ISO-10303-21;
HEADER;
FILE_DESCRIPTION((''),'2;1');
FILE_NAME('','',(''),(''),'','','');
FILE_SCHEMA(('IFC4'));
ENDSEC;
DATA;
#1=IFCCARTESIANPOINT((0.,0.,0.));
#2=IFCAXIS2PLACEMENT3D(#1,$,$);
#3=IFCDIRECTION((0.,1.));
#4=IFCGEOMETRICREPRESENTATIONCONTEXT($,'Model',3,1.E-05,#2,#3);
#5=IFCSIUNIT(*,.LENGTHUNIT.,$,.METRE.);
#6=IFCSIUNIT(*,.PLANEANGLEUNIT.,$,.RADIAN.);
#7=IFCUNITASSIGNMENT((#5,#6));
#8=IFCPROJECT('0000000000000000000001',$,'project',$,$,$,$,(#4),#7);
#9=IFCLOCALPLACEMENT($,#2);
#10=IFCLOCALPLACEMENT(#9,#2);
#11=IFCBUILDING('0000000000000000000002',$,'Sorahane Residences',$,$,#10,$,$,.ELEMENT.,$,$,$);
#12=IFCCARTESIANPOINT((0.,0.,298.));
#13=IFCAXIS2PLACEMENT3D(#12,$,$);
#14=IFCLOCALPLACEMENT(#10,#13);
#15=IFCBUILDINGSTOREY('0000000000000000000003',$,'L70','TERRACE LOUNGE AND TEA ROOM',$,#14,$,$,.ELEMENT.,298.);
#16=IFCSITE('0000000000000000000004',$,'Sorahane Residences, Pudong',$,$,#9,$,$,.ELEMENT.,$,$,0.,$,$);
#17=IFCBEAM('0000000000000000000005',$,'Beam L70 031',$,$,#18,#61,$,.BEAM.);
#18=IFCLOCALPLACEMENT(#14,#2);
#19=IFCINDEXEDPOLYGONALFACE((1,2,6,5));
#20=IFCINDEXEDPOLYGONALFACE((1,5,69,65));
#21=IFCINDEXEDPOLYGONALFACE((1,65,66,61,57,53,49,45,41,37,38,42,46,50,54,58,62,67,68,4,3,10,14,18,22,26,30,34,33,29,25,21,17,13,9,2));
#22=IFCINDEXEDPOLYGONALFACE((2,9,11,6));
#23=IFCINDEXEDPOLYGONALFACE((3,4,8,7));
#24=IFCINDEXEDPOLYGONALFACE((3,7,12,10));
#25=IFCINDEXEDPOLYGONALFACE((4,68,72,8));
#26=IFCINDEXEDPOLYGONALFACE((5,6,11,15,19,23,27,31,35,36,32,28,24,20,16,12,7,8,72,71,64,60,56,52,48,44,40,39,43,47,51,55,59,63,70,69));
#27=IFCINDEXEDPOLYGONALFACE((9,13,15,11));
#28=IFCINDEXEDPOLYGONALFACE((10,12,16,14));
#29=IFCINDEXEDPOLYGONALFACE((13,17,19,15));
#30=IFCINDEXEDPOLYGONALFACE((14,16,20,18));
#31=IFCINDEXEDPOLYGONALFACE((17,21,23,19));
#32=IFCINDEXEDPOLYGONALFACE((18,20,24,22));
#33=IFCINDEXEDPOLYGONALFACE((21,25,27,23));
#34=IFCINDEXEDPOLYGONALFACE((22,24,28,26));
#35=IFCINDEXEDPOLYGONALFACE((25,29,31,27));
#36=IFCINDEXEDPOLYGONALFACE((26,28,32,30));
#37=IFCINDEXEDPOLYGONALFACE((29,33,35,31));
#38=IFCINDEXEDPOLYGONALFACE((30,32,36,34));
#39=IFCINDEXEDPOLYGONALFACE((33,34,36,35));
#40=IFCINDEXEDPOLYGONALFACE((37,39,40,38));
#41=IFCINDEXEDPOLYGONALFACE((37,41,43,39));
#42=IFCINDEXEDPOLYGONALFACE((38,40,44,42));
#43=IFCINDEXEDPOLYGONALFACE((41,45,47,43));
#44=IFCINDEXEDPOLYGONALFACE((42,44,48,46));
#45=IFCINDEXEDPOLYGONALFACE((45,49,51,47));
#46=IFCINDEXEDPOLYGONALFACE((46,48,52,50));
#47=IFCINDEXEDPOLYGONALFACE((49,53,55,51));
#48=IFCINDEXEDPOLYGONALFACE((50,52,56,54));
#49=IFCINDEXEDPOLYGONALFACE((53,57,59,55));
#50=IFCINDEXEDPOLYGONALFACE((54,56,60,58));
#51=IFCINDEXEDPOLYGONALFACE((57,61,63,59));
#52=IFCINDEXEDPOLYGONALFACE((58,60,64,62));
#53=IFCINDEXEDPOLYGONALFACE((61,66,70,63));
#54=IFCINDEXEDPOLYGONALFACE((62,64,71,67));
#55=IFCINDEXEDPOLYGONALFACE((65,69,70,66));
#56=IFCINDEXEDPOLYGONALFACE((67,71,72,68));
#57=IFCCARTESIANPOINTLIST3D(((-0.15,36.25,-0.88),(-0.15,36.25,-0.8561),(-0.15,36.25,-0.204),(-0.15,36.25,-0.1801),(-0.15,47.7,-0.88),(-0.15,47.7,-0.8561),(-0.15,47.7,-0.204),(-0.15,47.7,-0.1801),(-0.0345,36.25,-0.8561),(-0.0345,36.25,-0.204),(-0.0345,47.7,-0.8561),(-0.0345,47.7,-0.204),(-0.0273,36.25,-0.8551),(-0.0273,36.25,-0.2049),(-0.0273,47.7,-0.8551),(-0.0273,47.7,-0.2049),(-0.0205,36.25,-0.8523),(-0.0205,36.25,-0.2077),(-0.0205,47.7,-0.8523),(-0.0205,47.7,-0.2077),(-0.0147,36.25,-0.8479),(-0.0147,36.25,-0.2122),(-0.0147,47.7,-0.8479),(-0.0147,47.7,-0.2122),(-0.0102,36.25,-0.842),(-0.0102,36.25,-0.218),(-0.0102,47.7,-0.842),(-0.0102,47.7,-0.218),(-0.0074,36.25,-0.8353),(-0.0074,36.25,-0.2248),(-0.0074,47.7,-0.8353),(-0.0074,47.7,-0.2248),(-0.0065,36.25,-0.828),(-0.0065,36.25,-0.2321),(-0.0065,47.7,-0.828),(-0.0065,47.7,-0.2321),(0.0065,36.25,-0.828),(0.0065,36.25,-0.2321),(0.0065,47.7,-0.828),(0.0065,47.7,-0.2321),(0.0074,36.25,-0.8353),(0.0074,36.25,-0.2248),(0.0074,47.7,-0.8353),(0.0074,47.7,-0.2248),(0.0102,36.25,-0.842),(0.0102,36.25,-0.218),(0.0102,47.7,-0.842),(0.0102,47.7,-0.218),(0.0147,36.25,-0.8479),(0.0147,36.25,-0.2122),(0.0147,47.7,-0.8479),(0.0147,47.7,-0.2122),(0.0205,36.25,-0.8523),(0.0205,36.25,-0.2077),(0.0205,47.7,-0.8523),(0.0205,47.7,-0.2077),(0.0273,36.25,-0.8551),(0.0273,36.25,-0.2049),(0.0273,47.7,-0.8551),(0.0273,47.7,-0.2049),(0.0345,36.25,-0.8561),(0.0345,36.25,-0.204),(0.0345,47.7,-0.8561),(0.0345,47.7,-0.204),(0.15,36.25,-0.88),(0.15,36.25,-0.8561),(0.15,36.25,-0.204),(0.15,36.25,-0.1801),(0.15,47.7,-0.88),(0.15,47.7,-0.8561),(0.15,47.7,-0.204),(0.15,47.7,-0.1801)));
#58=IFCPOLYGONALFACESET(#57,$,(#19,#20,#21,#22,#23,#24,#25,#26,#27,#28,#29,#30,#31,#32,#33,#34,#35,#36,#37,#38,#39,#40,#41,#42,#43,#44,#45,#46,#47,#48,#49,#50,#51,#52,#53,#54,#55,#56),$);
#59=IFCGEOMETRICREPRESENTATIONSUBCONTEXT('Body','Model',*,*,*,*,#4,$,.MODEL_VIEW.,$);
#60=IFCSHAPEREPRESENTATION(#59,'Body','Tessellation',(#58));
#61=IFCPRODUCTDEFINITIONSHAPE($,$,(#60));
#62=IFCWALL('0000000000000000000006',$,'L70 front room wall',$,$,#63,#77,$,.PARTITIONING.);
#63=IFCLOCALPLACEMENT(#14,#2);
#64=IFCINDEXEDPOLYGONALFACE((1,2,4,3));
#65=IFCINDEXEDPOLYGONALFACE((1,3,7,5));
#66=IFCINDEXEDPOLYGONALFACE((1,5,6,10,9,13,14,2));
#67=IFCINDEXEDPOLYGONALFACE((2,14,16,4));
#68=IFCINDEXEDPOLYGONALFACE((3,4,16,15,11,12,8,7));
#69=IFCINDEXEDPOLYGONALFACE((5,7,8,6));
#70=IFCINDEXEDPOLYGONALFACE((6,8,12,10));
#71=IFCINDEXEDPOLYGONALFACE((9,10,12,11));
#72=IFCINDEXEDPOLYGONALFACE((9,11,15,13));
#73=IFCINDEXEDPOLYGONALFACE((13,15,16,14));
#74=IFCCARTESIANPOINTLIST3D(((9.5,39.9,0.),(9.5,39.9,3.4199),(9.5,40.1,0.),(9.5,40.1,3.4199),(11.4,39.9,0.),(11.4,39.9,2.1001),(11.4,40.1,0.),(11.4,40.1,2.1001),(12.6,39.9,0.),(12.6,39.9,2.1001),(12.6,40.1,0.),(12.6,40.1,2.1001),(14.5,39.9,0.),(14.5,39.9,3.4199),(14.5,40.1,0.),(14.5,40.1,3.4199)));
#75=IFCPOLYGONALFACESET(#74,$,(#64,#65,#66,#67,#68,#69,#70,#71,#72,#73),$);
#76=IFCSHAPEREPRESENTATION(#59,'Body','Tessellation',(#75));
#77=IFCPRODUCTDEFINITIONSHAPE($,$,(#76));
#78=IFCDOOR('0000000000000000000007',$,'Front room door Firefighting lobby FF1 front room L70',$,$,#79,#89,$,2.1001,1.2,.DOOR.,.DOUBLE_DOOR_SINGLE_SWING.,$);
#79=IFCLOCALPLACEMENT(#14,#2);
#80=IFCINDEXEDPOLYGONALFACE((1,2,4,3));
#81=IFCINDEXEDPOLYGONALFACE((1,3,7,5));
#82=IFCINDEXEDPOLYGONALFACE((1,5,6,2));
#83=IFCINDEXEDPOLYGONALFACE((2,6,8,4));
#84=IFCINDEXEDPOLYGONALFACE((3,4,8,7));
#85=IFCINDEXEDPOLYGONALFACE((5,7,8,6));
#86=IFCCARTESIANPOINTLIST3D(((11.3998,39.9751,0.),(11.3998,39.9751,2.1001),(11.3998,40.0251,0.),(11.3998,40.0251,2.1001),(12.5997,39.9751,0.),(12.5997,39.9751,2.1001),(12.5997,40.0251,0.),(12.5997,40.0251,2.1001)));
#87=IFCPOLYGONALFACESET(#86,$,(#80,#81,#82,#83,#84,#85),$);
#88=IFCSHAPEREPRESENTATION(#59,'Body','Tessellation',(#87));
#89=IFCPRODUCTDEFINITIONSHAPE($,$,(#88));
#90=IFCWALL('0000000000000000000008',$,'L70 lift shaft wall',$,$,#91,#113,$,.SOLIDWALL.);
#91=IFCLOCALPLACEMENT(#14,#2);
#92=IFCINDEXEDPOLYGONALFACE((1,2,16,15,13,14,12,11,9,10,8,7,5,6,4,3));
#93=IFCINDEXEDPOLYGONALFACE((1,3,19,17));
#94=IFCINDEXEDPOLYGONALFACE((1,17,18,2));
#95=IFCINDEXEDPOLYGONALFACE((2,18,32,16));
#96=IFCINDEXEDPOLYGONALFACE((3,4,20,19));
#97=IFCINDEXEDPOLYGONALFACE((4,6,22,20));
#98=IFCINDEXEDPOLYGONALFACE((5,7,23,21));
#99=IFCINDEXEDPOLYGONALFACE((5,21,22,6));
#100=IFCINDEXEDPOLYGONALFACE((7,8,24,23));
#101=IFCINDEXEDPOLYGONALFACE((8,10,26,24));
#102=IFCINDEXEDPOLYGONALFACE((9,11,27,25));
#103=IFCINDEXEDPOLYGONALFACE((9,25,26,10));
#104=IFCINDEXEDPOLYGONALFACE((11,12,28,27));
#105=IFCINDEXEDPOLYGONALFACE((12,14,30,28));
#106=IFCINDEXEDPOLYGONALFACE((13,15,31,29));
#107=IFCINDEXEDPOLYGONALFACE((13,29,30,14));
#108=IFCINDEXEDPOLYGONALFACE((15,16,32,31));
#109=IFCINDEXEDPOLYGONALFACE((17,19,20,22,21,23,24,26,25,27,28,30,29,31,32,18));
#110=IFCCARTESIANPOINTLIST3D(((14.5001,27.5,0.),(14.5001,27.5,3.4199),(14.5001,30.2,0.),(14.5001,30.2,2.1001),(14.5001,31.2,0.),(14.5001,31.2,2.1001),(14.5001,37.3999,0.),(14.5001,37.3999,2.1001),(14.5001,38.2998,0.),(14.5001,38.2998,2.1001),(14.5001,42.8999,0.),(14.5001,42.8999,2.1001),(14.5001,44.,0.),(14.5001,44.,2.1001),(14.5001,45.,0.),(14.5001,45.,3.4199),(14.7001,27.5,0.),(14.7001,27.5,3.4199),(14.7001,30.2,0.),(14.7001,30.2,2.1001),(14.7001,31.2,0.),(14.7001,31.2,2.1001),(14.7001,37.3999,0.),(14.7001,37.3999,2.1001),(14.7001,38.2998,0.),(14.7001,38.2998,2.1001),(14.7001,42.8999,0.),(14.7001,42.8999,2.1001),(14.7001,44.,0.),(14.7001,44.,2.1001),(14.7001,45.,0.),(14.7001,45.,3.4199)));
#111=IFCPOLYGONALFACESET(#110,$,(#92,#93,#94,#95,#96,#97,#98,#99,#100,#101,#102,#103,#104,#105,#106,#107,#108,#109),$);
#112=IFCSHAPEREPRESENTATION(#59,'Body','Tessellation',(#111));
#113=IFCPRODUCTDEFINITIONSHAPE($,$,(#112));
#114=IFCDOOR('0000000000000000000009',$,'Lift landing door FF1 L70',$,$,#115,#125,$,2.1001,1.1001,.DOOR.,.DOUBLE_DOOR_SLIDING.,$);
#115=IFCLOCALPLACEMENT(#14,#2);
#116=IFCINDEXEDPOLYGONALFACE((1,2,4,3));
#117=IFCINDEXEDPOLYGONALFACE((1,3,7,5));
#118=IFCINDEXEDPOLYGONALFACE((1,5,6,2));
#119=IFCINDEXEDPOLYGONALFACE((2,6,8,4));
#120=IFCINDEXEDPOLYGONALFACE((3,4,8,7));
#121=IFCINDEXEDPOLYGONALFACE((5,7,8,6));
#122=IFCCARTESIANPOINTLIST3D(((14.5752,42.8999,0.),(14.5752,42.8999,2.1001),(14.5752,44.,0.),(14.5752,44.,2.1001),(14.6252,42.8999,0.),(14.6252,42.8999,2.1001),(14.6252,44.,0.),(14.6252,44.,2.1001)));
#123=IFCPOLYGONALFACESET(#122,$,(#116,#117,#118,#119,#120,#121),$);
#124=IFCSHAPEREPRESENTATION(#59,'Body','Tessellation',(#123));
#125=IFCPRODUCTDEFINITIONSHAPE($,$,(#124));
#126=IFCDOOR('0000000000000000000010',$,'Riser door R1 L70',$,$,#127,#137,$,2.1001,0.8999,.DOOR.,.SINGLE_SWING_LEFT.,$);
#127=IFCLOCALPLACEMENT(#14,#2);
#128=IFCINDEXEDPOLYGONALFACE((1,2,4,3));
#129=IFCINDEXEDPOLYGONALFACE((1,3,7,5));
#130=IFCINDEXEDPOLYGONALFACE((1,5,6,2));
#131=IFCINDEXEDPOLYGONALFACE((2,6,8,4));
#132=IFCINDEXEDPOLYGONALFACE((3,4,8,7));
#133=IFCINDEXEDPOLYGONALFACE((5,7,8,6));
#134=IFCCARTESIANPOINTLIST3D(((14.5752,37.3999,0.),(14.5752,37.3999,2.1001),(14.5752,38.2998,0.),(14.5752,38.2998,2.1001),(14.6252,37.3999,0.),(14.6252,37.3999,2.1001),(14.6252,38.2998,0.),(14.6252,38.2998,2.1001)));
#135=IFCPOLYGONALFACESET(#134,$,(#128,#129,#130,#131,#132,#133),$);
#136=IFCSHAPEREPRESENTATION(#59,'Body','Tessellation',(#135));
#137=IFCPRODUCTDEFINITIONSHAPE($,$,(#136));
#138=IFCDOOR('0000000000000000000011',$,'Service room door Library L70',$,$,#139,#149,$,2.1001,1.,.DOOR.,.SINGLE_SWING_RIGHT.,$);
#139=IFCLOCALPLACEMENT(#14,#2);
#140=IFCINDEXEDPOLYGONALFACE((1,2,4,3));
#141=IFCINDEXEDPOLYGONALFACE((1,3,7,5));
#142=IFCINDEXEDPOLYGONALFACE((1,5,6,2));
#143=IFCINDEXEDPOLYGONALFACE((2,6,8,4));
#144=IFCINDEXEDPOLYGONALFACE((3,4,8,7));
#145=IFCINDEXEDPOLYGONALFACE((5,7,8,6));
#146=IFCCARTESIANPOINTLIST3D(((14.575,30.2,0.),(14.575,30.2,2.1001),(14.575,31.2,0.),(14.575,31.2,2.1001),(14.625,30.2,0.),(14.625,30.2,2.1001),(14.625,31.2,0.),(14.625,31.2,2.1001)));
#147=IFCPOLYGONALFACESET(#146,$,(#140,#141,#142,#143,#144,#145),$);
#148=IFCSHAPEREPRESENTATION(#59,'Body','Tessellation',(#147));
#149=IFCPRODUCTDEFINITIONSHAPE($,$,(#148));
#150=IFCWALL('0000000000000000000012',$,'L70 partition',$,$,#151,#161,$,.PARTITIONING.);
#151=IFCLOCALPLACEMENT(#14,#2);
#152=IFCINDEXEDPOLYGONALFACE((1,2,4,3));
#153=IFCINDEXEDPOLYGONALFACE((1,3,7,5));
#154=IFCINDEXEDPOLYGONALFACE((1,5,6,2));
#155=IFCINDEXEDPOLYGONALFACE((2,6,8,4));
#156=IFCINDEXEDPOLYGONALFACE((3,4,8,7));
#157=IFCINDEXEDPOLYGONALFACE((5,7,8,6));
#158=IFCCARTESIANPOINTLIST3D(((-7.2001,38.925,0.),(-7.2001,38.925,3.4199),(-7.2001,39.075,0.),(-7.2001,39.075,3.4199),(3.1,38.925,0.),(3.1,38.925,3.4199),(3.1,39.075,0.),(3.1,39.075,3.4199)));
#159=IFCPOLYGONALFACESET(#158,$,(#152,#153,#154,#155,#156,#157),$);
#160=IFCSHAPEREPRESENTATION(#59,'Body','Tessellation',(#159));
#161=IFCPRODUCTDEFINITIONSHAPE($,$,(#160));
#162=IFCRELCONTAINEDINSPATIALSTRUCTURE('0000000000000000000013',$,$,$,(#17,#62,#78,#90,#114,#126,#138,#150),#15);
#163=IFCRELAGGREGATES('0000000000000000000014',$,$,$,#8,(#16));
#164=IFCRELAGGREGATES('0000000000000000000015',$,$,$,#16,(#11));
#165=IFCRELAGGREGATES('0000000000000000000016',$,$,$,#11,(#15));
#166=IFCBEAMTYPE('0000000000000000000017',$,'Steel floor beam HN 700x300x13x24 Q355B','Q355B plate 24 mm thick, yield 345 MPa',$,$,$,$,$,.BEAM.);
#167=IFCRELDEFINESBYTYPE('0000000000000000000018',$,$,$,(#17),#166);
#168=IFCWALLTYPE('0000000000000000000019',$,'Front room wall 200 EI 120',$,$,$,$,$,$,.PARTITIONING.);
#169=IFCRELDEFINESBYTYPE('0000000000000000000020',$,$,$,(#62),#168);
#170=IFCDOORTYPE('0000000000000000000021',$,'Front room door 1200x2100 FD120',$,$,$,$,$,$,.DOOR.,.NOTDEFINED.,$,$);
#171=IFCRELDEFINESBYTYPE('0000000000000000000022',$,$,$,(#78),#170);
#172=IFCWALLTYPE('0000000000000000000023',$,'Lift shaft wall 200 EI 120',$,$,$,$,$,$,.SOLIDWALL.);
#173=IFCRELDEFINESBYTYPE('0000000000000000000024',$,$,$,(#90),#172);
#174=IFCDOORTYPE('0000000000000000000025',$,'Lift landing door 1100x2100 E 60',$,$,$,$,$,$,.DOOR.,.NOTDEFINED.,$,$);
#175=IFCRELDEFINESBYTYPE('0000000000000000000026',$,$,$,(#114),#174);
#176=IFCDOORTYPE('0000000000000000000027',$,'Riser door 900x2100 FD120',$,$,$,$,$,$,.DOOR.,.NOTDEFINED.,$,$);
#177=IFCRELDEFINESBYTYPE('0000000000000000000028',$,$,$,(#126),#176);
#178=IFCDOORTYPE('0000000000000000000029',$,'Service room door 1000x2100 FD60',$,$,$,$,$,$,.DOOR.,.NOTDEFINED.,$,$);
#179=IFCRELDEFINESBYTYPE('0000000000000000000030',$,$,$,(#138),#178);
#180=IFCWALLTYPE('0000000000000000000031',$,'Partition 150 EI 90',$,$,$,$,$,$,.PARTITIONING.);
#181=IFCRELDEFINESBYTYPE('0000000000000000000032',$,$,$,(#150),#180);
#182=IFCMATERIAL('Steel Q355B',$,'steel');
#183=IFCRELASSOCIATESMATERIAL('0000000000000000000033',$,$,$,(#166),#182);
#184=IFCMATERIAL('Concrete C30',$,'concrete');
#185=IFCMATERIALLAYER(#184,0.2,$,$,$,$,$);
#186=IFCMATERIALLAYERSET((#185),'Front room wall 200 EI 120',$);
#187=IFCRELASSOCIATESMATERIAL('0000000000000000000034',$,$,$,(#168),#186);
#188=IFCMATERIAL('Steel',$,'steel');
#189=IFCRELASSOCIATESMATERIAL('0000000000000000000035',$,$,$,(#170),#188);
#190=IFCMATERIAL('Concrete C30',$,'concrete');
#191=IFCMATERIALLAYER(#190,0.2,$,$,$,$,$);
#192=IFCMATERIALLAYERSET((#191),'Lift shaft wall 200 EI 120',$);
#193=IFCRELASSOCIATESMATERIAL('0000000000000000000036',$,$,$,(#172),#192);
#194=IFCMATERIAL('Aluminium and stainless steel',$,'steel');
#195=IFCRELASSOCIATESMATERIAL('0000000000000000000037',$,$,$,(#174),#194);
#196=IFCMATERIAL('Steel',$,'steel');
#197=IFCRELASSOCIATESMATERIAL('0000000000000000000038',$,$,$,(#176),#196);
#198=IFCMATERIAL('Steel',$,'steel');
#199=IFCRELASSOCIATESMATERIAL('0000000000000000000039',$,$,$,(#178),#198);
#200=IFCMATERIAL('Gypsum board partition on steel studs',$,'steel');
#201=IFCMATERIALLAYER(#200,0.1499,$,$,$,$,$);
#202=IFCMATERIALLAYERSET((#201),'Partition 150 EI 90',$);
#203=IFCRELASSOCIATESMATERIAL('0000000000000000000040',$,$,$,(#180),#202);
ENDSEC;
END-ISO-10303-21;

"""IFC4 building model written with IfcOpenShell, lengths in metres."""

from ifc_helpers import new_model, si_unit, direction, frame, frame_2d, origin, origin_2d, place, context, subcontext, project, spatial, rectangle, i_section, extrude, material, layer, layer_set, material_profile, profile_set, type_object, element, fill, save


model = new_model("IFC4")

# Units and contexts
model_context = context("Model", 3, precision=1e-05, world=origin(), true_north=direction((0.0, 1.0)))
body_context = subcontext(model_context, "Body", "Model", "MODEL_VIEW")
ifc_project = project(units=[si_unit("LENGTHUNIT", "METRE"), si_unit("PLANEANGLEUNIT", "RADIAN")], contexts=[model_context])

# Site, building, storey
site_placement = place(None, origin())
site = spatial("IfcSite", under=ifc_project, at=site_placement, Name="Sorahane Residences, Pudong", CompositionType="ELEMENT", RefElevation=0.0)
building_placement = place(site_placement, origin())
building = spatial("IfcBuilding", under=site, at=building_placement, Name="Sorahane Residences", CompositionType="ELEMENT")
storey_placement = place(building_placement, frame((0.0, 0.0, 298.0)))
storey = spatial("IfcBuildingStorey", under=building, at=storey_placement, Name="L70", Description="TERRACE LOUNGE AND TEA ROOM", CompositionType="ELEMENT", Elevation=298.0)

# Beam
ifc_material_1 = material(Name="Steel Q355B", Category="steel")
ifc_material_profile_1 = material_profile(ifc_material_1, i_section(OverallWidth=0.3, OverallDepth=0.7, WebThickness=0.0129, FlangeThickness=0.0239, FilletRadius=0.0281, at=origin_2d()), Name="HN 700x300x13x24")
ifc_profile_set_1 = profile_set([ifc_material_profile_1], Name="Steel Q355B")
beam_type_1 = type_object("IfcBeamType", Name="Steel floor beam HN 700x300x13x24 Q355B", Description="Q355B plate 24 mm thick, yield 345 MPa", PredefinedType="BEAM", material=ifc_profile_set_1)
beam_1_placement = place(storey_placement, frame((0.0, 36.25, -0.53), z_axis=(0.0, 1.0, 0.0), x_axis=(-1.0, 0.0, 0.0)))
element("IfcBeam", 1, at=beam_1_placement, inside=storey, type_object=beam_type_1, Name="Beam L70 031", PredefinedType="BEAM", context=body_context, shape_type="SweptSolid", body=[
    extrude(i_section(OverallWidth=0.3, OverallDepth=0.7, WebThickness=0.0129, FlangeThickness=0.0239, FilletRadius=0.0281, at=origin_2d()), origin(), (0.0, 0.0, 1.0), 11.45),
])

# Wall, opening, door
ifc_material_2 = material(Name="Concrete C30", Category="concrete")
ifc_layer_1 = layer(ifc_material_2, 0.2)
ifc_layer_set_1 = layer_set([ifc_layer_1], Name="Front room wall 200 EI 120")
wall_type_1 = type_object("IfcWallType", Name="Front room wall 200 EI 120", PredefinedType="PARTITIONING", material=ifc_layer_set_1)
wall_1_placement = place(storey_placement, frame((9.5, 40.0, 0.0), z_axis=(0.0, 0.0, 1.0), x_axis=(1.0, 0.0, 0.0)))
wall_1 = element("IfcWall", 2, at=wall_1_placement, inside=storey, type_object=wall_type_1, Name="L70 front room wall", PredefinedType="PARTITIONING", context=body_context, shape_type="SweptSolid", body=[
    extrude(rectangle(XDim=5.0, YDim=0.2, at=frame_2d((2.5, 0.0))), origin(), (0.0, 0.0, 1.0), 3.4199),
])
opening_1_placement = place(wall_1_placement, frame((1.8999, 0.0, 0.0)))
opening_1 = element("IfcOpeningElement", 3, at=opening_1_placement, cuts=wall_1, PredefinedType="OPENING", context=body_context, shape_type="SweptSolid", body=[
    extrude(rectangle(XDim=1.2, YDim=2.1001, at=frame_2d((0.6001, 1.05))), frame((0.0, 0.1099, 0.0), z_axis=(0.0, -1.0, 0.0), x_axis=(1.0, 0.0, 0.0)), (0.0, 0.0, 1.0), 0.22),
])
ifc_material_3 = material(Name="Steel", Category="steel")
door_type_1 = type_object("IfcDoorType", Name="Front room door 1200x2100 FD120", OperationType="NOTDEFINED", PredefinedType="DOOR", material=ifc_material_3)
door_1_placement = place(opening_1_placement, frame((1.2, 0.0, 0.0), z_axis=(0.0, 0.0, 1.0), x_axis=(-1.0, 0.0, 0.0)))
door_1 = element("IfcDoor", 4, at=door_1_placement, inside=storey, type_object=door_type_1, Name="Front room door Firefighting lobby FF1 front room L70", OperationType="DOUBLE_DOOR_SINGLE_SWING", OverallHeight=2.1001, OverallWidth=1.2, PredefinedType="DOOR", context=body_context, shape_type="SweptSolid", body=[
    extrude(rectangle(XDim=1.2, YDim=2.1001, at=frame_2d((0.6001, 1.05))), frame((0.0, 0.0249, 0.0), z_axis=(0.0, -1.0, 0.0), x_axis=(1.0, 0.0, 0.0)), (0.0, 0.0, 1.0), 0.05),
])
fill(opening_1, door_1)

# Wall, openings, doors
ifc_material_4 = material(Name="Concrete C30", Category="concrete")
ifc_layer_2 = layer(ifc_material_4, 0.2)
ifc_layer_set_2 = layer_set([ifc_layer_2], Name="Lift shaft wall 200 EI 120")
wall_type_2 = type_object("IfcWallType", Name="Lift shaft wall 200 EI 120", PredefinedType="SOLIDWALL", material=ifc_layer_set_2)
wall_2_placement = place(storey_placement, frame((14.6001, 27.5, 0.0), z_axis=(0.0, 0.0, 1.0), x_axis=(0.0, 1.0, 0.0)))
wall_2 = element("IfcWall", 5, at=wall_2_placement, inside=storey, type_object=wall_type_2, Name="L70 lift shaft wall", PredefinedType="SOLIDWALL", context=body_context, shape_type="SweptSolid", body=[
    extrude(rectangle(XDim=17.5, YDim=0.2, at=frame_2d((8.75, 0.0))), origin(), (0.0, 0.0, 1.0), 3.4199),
])
opening_2_placement = place(wall_2_placement, frame((15.3999, 0.0, 0.0)))
opening_2 = element("IfcOpeningElement", 6, at=opening_2_placement, cuts=wall_2, PredefinedType="OPENING", context=body_context, shape_type="SweptSolid", body=[
    extrude(rectangle(XDim=1.1001, YDim=2.1001, at=frame_2d((0.55, 1.05))), frame((0.0, 0.1099, 0.0), z_axis=(0.0, -1.0, 0.0), x_axis=(1.0, 0.0, 0.0)), (0.0, 0.0, 1.0), 0.22),
])
opening_3_placement = place(wall_2_placement, frame((2.7, 0.0, 0.0)))
opening_3 = element("IfcOpeningElement", 7, at=opening_3_placement, cuts=wall_2, PredefinedType="OPENING", context=body_context, shape_type="SweptSolid", body=[
    extrude(rectangle(XDim=1.0, YDim=2.1001, at=frame_2d((0.5, 1.05))), frame((0.0, 0.1099, 0.0), z_axis=(0.0, -1.0, 0.0), x_axis=(1.0, 0.0, 0.0)), (0.0, 0.0, 1.0), 0.22),
])
opening_4_placement = place(wall_2_placement, frame((9.8999, 0.0, 0.0)))
opening_4 = element("IfcOpeningElement", 8, at=opening_4_placement, cuts=wall_2, PredefinedType="OPENING", context=body_context, shape_type="SweptSolid", body=[
    extrude(rectangle(XDim=0.8999, YDim=2.1001, at=frame_2d((0.45, 1.05))), frame((0.0, 0.1099, 0.0), z_axis=(0.0, -1.0, 0.0), x_axis=(1.0, 0.0, 0.0)), (0.0, 0.0, 1.0), 0.22),
])
ifc_material_5 = material(Name="Aluminium and stainless steel", Category="steel")
door_type_2 = type_object("IfcDoorType", Name="Lift landing door 1100x2100 E 60", OperationType="NOTDEFINED", PredefinedType="DOOR", material=ifc_material_5)
door_2_placement = place(opening_2_placement, origin())
door_2 = element("IfcDoor", 9, at=door_2_placement, inside=storey, type_object=door_type_2, Name="Lift landing door FF1 L70", OperationType="DOUBLE_DOOR_SLIDING", OverallHeight=2.1001, OverallWidth=1.1001, PredefinedType="DOOR", context=body_context, shape_type="SweptSolid", body=[
    extrude(rectangle(XDim=1.1001, YDim=2.1001, at=frame_2d((0.55, 1.05))), frame((0.0, 0.0249, 0.0), z_axis=(0.0, -1.0, 0.0), x_axis=(1.0, 0.0, 0.0)), (0.0, 0.0, 1.0), 0.05),
])
fill(opening_2, door_2)
ifc_material_6 = material(Name="Steel", Category="steel")
door_type_3 = type_object("IfcDoorType", Name="Riser door 900x2100 FD120", OperationType="NOTDEFINED", PredefinedType="DOOR", material=ifc_material_6)
door_3_placement = place(opening_4_placement, origin())
door_3 = element("IfcDoor", 10, at=door_3_placement, inside=storey, type_object=door_type_3, Name="Riser door R1 L70", OperationType="SINGLE_SWING_LEFT", OverallHeight=2.1001, OverallWidth=0.8999, PredefinedType="DOOR", context=body_context, shape_type="SweptSolid", body=[
    extrude(rectangle(XDim=0.8999, YDim=2.1001, at=frame_2d((0.45, 1.05))), frame((0.0, 0.0249, 0.0), z_axis=(0.0, -1.0, 0.0), x_axis=(1.0, 0.0, 0.0)), (0.0, 0.0, 1.0), 0.05),
])
fill(opening_4, door_3)
ifc_material_7 = material(Name="Steel", Category="steel")
door_type_4 = type_object("IfcDoorType", Name="Service room door 1000x2100 FD60", OperationType="NOTDEFINED", PredefinedType="DOOR", material=ifc_material_7)
door_4_placement = place(opening_3_placement, frame((1.0, 0.0, 0.0), z_axis=(0.0, 0.0, 1.0), x_axis=(-1.0, 0.0, 0.0)))
door_4 = element("IfcDoor", 11, at=door_4_placement, inside=storey, type_object=door_type_4, Name="Service room door Library L70", OperationType="SINGLE_SWING_RIGHT", OverallHeight=2.1001, OverallWidth=1.0, PredefinedType="DOOR", context=body_context, shape_type="SweptSolid", body=[
    extrude(rectangle(XDim=1.0, YDim=2.1001, at=frame_2d((0.5, 1.05))), frame((0.0, 0.0249, 0.0), z_axis=(0.0, -1.0, 0.0), x_axis=(1.0, 0.0, 0.0)), (0.0, 0.0, 1.0), 0.05),
])
fill(opening_3, door_4)

# Wall
ifc_material_8 = material(Name="Gypsum board partition on steel studs", Category="steel")
ifc_layer_3 = layer(ifc_material_8, 0.1499)
ifc_layer_set_3 = layer_set([ifc_layer_3], Name="Partition 150 EI 90")
wall_type_3 = type_object("IfcWallType", Name="Partition 150 EI 90", PredefinedType="PARTITIONING", material=ifc_layer_set_3)
wall_3_placement = place(storey_placement, frame((-7.2, 39.0, 0.0), z_axis=(0.0, 0.0, 1.0), x_axis=(1.0, 0.0, 0.0)))
element("IfcWall", 12, at=wall_3_placement, inside=storey, type_object=wall_type_3, Name="L70 partition", PredefinedType="PARTITIONING", context=body_context, shape_type="SweptSolid", body=[
    extrude(rectangle(XDim=10.3, YDim=0.1499, at=frame_2d((5.1499, 0.0))), origin(), (0.0, 0.0, 1.0), 3.4199),
])

save(model, "model.ifc")
